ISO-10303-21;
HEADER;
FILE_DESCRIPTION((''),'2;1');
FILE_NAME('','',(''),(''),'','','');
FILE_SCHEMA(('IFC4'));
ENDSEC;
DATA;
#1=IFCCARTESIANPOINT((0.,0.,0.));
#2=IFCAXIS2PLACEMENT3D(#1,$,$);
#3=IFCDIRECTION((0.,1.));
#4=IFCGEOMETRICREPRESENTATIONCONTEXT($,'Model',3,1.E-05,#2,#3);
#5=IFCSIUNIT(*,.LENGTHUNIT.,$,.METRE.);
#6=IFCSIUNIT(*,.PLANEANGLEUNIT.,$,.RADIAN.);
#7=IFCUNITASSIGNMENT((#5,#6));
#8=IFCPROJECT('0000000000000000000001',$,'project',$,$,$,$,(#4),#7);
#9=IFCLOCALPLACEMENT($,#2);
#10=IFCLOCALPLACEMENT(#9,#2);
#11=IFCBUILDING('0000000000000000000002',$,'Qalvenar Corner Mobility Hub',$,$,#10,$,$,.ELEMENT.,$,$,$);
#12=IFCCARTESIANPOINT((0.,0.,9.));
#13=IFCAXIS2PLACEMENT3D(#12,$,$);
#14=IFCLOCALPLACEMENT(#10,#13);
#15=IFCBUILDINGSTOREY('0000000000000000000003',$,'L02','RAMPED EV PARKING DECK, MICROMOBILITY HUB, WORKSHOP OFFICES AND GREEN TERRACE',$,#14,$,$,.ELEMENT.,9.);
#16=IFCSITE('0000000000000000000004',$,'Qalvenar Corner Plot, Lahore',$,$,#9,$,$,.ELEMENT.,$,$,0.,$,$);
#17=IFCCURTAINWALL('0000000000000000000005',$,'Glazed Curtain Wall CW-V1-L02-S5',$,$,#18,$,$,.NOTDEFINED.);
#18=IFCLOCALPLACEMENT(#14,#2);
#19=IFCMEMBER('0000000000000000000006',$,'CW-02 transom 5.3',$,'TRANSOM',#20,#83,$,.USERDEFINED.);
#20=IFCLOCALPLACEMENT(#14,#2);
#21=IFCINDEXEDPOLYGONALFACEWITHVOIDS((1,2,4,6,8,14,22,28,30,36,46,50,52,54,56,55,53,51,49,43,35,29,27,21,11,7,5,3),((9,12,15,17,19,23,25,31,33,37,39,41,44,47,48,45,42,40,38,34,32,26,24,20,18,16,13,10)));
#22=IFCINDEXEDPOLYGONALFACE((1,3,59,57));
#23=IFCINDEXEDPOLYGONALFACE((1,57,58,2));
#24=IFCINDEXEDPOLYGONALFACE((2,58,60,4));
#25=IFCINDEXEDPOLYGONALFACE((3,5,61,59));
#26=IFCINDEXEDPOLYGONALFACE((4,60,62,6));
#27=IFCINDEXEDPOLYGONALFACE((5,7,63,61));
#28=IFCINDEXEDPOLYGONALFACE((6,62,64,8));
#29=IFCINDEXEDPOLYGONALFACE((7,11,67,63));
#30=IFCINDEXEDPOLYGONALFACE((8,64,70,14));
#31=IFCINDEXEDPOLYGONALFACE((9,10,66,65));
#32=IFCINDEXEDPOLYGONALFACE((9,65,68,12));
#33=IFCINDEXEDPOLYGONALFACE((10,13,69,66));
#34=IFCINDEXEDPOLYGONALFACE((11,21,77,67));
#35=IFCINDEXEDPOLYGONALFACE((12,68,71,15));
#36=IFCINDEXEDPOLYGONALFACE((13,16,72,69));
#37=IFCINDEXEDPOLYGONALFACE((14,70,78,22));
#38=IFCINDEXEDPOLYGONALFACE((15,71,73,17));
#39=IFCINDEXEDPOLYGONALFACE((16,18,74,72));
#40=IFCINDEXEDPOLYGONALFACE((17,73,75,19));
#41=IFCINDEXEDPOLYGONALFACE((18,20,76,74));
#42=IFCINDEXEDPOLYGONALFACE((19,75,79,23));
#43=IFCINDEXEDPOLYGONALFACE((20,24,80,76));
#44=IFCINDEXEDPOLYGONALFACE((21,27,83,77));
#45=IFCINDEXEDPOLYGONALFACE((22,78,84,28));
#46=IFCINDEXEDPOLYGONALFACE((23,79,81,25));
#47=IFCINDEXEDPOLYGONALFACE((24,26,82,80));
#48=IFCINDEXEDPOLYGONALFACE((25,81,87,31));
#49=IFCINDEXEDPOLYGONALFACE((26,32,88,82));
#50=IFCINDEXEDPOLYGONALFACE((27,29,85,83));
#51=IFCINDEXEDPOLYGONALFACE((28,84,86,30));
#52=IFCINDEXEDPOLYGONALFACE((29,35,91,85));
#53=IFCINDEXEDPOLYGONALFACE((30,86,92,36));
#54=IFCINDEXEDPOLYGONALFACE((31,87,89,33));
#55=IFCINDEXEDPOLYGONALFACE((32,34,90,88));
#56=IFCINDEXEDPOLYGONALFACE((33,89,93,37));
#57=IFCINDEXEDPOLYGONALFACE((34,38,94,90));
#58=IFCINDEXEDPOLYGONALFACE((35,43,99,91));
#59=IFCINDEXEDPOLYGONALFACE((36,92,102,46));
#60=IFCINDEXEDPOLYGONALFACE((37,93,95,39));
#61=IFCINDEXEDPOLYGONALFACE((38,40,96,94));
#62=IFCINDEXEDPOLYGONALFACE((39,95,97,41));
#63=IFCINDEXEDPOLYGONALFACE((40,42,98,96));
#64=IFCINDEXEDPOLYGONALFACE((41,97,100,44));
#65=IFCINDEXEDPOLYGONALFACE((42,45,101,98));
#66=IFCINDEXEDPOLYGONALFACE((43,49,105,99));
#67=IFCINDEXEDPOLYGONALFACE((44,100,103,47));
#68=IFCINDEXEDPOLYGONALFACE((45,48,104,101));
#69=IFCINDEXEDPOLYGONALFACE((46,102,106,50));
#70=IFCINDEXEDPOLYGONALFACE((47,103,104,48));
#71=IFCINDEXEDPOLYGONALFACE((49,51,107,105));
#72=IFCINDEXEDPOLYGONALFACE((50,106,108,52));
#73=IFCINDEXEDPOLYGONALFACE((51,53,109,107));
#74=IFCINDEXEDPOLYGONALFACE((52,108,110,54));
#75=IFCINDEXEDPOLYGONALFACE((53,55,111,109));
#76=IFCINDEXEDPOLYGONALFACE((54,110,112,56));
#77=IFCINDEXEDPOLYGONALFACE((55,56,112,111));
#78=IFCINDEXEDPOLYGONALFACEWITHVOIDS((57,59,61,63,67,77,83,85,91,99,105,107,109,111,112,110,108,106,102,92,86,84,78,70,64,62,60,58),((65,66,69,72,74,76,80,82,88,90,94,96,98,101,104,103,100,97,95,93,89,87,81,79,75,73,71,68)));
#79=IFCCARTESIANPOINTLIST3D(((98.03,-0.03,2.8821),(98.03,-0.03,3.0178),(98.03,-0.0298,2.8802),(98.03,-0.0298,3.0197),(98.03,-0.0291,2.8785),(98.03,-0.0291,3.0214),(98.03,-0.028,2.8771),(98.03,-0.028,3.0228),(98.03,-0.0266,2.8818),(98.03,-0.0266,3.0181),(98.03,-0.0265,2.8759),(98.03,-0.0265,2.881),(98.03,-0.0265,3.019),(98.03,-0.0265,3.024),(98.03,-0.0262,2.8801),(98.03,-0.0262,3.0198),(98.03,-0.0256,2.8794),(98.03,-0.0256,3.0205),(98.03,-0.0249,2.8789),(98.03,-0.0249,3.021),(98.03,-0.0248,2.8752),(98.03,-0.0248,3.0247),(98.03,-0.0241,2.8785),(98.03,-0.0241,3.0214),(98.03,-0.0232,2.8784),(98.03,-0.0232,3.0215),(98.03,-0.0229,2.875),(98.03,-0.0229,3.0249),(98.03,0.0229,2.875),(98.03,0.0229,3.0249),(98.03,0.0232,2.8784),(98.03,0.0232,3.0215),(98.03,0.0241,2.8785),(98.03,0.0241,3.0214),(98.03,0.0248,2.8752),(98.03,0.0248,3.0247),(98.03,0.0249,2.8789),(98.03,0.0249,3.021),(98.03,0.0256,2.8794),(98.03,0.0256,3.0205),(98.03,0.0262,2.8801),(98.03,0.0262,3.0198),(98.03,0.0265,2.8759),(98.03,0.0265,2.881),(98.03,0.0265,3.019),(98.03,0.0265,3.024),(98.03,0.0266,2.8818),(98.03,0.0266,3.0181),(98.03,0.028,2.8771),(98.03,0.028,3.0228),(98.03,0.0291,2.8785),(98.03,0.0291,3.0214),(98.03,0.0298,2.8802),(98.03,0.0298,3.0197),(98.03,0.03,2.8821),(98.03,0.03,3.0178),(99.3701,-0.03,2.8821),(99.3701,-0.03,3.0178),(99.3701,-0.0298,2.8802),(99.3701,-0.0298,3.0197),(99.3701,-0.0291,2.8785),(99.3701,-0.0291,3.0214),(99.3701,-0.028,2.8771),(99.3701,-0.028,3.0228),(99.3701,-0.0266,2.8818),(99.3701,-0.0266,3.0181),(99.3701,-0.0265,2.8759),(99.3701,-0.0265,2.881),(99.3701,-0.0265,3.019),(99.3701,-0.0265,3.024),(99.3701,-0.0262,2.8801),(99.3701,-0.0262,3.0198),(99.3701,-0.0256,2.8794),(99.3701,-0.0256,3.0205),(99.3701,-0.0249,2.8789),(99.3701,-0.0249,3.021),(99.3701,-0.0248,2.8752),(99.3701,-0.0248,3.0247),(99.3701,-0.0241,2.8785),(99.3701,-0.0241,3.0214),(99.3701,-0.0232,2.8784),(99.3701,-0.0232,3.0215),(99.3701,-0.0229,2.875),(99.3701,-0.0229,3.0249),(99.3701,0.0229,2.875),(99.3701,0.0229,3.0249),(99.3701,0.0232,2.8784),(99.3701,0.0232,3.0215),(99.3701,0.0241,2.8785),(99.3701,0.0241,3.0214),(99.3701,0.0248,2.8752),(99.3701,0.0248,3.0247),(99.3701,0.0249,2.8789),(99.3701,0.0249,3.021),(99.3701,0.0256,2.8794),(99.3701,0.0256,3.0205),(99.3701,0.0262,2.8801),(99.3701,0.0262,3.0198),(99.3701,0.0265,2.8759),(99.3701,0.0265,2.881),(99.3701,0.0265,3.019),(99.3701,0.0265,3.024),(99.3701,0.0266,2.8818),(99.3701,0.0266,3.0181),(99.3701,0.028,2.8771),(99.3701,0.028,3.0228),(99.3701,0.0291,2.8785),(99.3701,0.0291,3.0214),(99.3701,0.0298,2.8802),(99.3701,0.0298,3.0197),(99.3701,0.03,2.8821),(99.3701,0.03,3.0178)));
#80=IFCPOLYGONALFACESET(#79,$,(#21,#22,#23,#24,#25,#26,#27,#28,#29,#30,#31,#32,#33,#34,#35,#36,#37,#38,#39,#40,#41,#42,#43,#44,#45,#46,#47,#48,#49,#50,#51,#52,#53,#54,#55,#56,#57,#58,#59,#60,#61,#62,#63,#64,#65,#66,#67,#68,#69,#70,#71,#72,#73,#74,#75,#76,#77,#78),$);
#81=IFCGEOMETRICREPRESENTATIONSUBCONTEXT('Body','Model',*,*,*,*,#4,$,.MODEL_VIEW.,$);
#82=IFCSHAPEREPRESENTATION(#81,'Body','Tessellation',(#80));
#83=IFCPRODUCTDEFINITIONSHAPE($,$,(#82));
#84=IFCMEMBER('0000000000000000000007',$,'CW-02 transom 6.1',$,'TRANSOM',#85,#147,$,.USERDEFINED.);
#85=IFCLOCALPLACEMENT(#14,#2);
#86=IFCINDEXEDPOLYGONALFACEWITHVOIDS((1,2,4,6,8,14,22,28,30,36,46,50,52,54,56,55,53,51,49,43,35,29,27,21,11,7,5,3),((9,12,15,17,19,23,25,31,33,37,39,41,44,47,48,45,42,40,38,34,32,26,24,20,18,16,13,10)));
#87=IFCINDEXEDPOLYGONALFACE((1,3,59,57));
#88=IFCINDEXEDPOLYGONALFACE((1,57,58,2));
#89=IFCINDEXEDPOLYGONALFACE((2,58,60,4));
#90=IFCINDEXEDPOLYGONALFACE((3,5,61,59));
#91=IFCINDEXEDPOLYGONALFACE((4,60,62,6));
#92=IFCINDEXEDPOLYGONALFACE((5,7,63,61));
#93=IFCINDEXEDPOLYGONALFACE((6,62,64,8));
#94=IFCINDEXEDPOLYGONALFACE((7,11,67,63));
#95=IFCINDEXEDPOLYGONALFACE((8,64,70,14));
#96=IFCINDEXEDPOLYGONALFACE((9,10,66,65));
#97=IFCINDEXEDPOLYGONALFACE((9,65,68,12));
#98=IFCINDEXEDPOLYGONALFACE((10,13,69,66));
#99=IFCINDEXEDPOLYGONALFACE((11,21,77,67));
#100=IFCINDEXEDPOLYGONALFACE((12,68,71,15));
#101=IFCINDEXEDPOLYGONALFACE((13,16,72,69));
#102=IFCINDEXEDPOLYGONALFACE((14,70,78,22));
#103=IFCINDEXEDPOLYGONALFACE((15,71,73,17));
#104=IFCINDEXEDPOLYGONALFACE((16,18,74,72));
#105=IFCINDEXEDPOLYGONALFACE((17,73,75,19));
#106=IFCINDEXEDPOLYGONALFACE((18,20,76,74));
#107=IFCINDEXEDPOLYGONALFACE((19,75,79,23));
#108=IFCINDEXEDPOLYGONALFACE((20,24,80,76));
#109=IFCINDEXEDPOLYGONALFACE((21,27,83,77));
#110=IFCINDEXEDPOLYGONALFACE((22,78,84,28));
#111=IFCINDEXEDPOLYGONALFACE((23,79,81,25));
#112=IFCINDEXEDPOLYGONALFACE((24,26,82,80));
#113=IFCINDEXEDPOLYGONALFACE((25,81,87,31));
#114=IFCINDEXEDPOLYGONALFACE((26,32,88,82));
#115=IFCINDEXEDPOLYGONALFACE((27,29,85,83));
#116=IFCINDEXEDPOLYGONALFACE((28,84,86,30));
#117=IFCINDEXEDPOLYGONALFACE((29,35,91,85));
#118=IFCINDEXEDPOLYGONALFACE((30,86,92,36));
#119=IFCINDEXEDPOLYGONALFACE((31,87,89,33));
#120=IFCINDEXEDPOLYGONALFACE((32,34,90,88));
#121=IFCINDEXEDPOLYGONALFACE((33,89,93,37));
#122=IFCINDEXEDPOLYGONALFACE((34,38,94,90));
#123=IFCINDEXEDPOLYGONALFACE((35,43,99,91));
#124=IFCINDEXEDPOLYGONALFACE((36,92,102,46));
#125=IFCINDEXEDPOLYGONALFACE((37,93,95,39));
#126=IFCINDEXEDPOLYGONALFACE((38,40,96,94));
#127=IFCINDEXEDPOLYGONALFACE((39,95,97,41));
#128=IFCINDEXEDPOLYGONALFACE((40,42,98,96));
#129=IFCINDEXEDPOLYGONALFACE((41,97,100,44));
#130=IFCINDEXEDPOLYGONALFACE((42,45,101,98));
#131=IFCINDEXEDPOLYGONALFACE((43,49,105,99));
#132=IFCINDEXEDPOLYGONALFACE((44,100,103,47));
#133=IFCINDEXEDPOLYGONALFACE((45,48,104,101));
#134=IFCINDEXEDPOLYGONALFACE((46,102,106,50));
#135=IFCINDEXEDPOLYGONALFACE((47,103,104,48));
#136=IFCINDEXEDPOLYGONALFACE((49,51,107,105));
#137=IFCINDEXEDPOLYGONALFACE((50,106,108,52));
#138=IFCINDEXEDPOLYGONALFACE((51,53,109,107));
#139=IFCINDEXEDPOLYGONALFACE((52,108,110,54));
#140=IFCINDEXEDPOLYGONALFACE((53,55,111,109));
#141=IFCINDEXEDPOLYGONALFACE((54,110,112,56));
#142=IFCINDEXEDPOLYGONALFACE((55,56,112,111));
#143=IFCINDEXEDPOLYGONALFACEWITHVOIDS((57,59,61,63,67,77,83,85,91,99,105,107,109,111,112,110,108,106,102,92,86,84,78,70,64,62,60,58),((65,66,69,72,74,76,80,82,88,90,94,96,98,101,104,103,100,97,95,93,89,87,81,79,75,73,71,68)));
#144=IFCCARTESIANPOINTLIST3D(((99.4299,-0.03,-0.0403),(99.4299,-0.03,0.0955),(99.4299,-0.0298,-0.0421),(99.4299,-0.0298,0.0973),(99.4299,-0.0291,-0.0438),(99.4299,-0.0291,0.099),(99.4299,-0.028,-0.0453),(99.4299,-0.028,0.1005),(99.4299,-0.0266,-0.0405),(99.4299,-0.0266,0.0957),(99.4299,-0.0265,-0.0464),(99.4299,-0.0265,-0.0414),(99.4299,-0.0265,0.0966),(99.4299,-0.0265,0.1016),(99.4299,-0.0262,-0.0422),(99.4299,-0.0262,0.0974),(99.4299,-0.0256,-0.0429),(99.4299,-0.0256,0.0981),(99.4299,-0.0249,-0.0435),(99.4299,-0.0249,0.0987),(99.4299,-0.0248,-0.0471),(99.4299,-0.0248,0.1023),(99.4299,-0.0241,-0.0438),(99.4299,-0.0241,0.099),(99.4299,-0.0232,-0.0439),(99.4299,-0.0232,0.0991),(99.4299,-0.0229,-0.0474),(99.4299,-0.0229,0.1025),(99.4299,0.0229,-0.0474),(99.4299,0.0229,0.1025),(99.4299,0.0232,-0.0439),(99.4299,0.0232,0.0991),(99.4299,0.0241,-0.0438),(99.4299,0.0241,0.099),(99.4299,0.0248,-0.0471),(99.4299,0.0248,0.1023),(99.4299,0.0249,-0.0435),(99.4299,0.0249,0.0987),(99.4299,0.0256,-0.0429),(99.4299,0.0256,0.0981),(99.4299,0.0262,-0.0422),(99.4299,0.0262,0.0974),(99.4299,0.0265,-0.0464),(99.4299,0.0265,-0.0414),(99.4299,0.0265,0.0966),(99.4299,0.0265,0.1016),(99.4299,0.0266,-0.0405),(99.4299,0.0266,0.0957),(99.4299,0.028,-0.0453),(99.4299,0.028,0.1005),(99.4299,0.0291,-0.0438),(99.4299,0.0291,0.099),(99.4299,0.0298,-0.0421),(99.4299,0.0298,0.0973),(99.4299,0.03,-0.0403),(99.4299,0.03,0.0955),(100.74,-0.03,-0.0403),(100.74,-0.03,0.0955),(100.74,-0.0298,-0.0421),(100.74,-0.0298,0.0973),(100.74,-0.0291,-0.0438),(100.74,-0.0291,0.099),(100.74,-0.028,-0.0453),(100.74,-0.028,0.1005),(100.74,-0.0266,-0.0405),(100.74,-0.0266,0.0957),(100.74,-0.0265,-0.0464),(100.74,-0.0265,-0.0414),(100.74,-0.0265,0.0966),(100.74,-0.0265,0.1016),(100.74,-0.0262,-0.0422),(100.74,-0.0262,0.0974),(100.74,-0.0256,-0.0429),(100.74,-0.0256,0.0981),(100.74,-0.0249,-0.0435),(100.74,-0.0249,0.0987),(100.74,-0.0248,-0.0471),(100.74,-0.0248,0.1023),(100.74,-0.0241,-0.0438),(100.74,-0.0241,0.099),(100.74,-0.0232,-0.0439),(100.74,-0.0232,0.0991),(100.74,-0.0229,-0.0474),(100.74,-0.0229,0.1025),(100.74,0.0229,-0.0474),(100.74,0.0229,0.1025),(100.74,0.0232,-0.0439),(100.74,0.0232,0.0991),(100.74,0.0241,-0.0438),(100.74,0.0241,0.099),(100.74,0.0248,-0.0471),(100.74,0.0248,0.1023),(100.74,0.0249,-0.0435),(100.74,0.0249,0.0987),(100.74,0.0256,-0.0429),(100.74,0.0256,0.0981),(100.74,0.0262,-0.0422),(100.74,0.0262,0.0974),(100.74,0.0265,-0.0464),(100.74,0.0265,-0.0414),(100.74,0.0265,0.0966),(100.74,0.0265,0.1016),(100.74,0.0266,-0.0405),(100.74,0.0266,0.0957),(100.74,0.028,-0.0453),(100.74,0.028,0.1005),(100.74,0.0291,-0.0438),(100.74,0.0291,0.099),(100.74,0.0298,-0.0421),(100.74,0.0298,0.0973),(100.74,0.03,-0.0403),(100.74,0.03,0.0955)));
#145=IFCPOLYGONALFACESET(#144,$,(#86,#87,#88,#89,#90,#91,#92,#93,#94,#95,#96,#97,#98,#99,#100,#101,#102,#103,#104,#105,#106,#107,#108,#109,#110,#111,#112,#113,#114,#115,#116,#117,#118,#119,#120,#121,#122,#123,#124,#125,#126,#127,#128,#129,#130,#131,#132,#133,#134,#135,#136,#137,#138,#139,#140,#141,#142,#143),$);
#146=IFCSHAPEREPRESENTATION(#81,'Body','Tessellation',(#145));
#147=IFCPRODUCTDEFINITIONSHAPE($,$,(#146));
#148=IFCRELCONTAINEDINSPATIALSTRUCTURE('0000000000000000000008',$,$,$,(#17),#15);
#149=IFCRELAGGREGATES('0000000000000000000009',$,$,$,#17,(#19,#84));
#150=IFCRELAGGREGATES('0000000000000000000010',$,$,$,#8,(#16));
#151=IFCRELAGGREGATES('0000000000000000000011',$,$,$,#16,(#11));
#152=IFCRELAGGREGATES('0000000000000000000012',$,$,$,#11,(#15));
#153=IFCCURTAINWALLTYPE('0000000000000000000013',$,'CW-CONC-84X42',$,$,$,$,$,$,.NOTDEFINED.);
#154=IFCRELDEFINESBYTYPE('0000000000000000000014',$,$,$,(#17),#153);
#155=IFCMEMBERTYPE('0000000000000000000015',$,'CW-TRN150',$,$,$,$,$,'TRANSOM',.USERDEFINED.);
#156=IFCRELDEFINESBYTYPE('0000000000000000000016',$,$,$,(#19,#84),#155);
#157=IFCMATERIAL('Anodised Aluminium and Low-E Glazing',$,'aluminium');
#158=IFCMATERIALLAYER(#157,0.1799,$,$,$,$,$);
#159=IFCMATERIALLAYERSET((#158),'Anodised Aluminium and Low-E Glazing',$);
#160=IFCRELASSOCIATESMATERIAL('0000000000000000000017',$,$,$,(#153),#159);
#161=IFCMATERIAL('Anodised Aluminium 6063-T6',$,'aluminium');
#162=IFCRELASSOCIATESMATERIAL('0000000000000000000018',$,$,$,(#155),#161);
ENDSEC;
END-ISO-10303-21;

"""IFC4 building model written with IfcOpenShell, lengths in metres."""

from ifc_helpers import new_model, si_unit, direction, frame, origin, origin_2d, place, context, subcontext, project, spatial, hollow_rectangle, extrude, material, layer, layer_set, material_profile, profile_set, type_object, element, aggregate, save


model = new_model("IFC4")

# Units and contexts
model_context = context("Model", 3, precision=1e-05, world=origin(), true_north=direction((0.0, 1.0)))
body_context = subcontext(model_context, "Body", "Model", "MODEL_VIEW")
ifc_project = project(units=[si_unit("LENGTHUNIT", "METRE"), si_unit("PLANEANGLEUNIT", "RADIAN")], contexts=[model_context])

# Site, building, storey
site_placement = place(None, origin())
site = spatial("IfcSite", under=ifc_project, at=site_placement, Name="Qalvenar Corner Plot, Lahore", CompositionType="ELEMENT", RefElevation=0.0)
building_placement = place(site_placement, origin())
building = spatial("IfcBuilding", under=site, at=building_placement, Name="Qalvenar Corner Mobility Hub", CompositionType="ELEMENT")
storey_placement = place(building_placement, frame((0.0, 0.0, 9.0)))
storey = spatial("IfcBuildingStorey", under=building, at=storey_placement, Name="L02", Description="RAMPED EV PARKING DECK, MICROMOBILITY HUB, WORKSHOP OFFICES AND GREEN TERRACE", CompositionType="ELEMENT", Elevation=9.0)

# Curtain wall
ifc_material_1 = material(Name="Anodised Aluminium and Low-E Glazing", Category="aluminium")
ifc_layer_1 = layer(ifc_material_1, 0.1799)
ifc_layer_set_1 = layer_set([ifc_layer_1], Name="Anodised Aluminium and Low-E Glazing")
curtain_wall_type = type_object("IfcCurtainWallType", Name="CW-CONC-84X42", PredefinedType="NOTDEFINED", material=ifc_layer_set_1)
curtain_wall_1_placement = place(storey_placement, origin())
curtain_wall_1 = element("IfcCurtainWall", 1, at=curtain_wall_1_placement, inside=storey, type_object=curtain_wall_type, Name="Glazed Curtain Wall CW-V1-L02-S5", PredefinedType="NOTDEFINED")
ifc_material_2 = material(Name="Anodised Aluminium 6063-T6", Category="aluminium")

# Members
ifc_material_profile_1 = material_profile(ifc_material_2, hollow_rectangle(XDim=0.0601, YDim=0.1499, WallThickness=0.0034, InnerFilletRadius=0.0034, OuterFilletRadius=0.0071, at=origin_2d()), Name="RHS150x60x3.5")
ifc_profile_set_1 = profile_set([ifc_material_profile_1], Name="Anodised Aluminium 6063-T6")
member_type_1 = type_object("IfcMemberType", Name="CW-TRN150", ElementType="TRANSOM", PredefinedType="USERDEFINED", material=ifc_profile_set_1)
member_1_placement = place(storey_placement, frame((98.03, 0.0, 2.95), z_axis=(1.0, 0.0, 0.0), x_axis=(0.0, 1.0, 0.0)))
member_1 = element("IfcMember", 2, at=member_1_placement, type_object=member_type_1, Name="CW-02 transom 5.3", ObjectType="TRANSOM", PredefinedType="USERDEFINED", context=body_context, shape_type="SweptSolid", body=[
    extrude(hollow_rectangle(XDim=0.0601, YDim=0.1499, WallThickness=0.0034, InnerFilletRadius=0.0034, OuterFilletRadius=0.0071, at=origin_2d()), origin(), (0.0, 0.0, 1.0), 1.3401),
])
member_2_placement = place(storey_placement, frame((99.4299, 0.0, 0.0276), z_axis=(1.0, 0.0, 0.0), x_axis=(0.0, 1.0, 0.0)))
member_2 = element("IfcMember", 3, at=member_2_placement, type_object=member_type_1, Name="CW-02 transom 6.1", ObjectType="TRANSOM", PredefinedType="USERDEFINED", context=body_context, shape_type="SweptSolid", body=[
    extrude(hollow_rectangle(XDim=0.0601, YDim=0.1499, WallThickness=0.0034, InnerFilletRadius=0.0034, OuterFilletRadius=0.0071, at=origin_2d()), origin(), (0.0, 0.0, 1.0), 1.3101),
])

aggregate(curtain_wall_1, [member_1, member_2])

save(model, "model.ifc")
